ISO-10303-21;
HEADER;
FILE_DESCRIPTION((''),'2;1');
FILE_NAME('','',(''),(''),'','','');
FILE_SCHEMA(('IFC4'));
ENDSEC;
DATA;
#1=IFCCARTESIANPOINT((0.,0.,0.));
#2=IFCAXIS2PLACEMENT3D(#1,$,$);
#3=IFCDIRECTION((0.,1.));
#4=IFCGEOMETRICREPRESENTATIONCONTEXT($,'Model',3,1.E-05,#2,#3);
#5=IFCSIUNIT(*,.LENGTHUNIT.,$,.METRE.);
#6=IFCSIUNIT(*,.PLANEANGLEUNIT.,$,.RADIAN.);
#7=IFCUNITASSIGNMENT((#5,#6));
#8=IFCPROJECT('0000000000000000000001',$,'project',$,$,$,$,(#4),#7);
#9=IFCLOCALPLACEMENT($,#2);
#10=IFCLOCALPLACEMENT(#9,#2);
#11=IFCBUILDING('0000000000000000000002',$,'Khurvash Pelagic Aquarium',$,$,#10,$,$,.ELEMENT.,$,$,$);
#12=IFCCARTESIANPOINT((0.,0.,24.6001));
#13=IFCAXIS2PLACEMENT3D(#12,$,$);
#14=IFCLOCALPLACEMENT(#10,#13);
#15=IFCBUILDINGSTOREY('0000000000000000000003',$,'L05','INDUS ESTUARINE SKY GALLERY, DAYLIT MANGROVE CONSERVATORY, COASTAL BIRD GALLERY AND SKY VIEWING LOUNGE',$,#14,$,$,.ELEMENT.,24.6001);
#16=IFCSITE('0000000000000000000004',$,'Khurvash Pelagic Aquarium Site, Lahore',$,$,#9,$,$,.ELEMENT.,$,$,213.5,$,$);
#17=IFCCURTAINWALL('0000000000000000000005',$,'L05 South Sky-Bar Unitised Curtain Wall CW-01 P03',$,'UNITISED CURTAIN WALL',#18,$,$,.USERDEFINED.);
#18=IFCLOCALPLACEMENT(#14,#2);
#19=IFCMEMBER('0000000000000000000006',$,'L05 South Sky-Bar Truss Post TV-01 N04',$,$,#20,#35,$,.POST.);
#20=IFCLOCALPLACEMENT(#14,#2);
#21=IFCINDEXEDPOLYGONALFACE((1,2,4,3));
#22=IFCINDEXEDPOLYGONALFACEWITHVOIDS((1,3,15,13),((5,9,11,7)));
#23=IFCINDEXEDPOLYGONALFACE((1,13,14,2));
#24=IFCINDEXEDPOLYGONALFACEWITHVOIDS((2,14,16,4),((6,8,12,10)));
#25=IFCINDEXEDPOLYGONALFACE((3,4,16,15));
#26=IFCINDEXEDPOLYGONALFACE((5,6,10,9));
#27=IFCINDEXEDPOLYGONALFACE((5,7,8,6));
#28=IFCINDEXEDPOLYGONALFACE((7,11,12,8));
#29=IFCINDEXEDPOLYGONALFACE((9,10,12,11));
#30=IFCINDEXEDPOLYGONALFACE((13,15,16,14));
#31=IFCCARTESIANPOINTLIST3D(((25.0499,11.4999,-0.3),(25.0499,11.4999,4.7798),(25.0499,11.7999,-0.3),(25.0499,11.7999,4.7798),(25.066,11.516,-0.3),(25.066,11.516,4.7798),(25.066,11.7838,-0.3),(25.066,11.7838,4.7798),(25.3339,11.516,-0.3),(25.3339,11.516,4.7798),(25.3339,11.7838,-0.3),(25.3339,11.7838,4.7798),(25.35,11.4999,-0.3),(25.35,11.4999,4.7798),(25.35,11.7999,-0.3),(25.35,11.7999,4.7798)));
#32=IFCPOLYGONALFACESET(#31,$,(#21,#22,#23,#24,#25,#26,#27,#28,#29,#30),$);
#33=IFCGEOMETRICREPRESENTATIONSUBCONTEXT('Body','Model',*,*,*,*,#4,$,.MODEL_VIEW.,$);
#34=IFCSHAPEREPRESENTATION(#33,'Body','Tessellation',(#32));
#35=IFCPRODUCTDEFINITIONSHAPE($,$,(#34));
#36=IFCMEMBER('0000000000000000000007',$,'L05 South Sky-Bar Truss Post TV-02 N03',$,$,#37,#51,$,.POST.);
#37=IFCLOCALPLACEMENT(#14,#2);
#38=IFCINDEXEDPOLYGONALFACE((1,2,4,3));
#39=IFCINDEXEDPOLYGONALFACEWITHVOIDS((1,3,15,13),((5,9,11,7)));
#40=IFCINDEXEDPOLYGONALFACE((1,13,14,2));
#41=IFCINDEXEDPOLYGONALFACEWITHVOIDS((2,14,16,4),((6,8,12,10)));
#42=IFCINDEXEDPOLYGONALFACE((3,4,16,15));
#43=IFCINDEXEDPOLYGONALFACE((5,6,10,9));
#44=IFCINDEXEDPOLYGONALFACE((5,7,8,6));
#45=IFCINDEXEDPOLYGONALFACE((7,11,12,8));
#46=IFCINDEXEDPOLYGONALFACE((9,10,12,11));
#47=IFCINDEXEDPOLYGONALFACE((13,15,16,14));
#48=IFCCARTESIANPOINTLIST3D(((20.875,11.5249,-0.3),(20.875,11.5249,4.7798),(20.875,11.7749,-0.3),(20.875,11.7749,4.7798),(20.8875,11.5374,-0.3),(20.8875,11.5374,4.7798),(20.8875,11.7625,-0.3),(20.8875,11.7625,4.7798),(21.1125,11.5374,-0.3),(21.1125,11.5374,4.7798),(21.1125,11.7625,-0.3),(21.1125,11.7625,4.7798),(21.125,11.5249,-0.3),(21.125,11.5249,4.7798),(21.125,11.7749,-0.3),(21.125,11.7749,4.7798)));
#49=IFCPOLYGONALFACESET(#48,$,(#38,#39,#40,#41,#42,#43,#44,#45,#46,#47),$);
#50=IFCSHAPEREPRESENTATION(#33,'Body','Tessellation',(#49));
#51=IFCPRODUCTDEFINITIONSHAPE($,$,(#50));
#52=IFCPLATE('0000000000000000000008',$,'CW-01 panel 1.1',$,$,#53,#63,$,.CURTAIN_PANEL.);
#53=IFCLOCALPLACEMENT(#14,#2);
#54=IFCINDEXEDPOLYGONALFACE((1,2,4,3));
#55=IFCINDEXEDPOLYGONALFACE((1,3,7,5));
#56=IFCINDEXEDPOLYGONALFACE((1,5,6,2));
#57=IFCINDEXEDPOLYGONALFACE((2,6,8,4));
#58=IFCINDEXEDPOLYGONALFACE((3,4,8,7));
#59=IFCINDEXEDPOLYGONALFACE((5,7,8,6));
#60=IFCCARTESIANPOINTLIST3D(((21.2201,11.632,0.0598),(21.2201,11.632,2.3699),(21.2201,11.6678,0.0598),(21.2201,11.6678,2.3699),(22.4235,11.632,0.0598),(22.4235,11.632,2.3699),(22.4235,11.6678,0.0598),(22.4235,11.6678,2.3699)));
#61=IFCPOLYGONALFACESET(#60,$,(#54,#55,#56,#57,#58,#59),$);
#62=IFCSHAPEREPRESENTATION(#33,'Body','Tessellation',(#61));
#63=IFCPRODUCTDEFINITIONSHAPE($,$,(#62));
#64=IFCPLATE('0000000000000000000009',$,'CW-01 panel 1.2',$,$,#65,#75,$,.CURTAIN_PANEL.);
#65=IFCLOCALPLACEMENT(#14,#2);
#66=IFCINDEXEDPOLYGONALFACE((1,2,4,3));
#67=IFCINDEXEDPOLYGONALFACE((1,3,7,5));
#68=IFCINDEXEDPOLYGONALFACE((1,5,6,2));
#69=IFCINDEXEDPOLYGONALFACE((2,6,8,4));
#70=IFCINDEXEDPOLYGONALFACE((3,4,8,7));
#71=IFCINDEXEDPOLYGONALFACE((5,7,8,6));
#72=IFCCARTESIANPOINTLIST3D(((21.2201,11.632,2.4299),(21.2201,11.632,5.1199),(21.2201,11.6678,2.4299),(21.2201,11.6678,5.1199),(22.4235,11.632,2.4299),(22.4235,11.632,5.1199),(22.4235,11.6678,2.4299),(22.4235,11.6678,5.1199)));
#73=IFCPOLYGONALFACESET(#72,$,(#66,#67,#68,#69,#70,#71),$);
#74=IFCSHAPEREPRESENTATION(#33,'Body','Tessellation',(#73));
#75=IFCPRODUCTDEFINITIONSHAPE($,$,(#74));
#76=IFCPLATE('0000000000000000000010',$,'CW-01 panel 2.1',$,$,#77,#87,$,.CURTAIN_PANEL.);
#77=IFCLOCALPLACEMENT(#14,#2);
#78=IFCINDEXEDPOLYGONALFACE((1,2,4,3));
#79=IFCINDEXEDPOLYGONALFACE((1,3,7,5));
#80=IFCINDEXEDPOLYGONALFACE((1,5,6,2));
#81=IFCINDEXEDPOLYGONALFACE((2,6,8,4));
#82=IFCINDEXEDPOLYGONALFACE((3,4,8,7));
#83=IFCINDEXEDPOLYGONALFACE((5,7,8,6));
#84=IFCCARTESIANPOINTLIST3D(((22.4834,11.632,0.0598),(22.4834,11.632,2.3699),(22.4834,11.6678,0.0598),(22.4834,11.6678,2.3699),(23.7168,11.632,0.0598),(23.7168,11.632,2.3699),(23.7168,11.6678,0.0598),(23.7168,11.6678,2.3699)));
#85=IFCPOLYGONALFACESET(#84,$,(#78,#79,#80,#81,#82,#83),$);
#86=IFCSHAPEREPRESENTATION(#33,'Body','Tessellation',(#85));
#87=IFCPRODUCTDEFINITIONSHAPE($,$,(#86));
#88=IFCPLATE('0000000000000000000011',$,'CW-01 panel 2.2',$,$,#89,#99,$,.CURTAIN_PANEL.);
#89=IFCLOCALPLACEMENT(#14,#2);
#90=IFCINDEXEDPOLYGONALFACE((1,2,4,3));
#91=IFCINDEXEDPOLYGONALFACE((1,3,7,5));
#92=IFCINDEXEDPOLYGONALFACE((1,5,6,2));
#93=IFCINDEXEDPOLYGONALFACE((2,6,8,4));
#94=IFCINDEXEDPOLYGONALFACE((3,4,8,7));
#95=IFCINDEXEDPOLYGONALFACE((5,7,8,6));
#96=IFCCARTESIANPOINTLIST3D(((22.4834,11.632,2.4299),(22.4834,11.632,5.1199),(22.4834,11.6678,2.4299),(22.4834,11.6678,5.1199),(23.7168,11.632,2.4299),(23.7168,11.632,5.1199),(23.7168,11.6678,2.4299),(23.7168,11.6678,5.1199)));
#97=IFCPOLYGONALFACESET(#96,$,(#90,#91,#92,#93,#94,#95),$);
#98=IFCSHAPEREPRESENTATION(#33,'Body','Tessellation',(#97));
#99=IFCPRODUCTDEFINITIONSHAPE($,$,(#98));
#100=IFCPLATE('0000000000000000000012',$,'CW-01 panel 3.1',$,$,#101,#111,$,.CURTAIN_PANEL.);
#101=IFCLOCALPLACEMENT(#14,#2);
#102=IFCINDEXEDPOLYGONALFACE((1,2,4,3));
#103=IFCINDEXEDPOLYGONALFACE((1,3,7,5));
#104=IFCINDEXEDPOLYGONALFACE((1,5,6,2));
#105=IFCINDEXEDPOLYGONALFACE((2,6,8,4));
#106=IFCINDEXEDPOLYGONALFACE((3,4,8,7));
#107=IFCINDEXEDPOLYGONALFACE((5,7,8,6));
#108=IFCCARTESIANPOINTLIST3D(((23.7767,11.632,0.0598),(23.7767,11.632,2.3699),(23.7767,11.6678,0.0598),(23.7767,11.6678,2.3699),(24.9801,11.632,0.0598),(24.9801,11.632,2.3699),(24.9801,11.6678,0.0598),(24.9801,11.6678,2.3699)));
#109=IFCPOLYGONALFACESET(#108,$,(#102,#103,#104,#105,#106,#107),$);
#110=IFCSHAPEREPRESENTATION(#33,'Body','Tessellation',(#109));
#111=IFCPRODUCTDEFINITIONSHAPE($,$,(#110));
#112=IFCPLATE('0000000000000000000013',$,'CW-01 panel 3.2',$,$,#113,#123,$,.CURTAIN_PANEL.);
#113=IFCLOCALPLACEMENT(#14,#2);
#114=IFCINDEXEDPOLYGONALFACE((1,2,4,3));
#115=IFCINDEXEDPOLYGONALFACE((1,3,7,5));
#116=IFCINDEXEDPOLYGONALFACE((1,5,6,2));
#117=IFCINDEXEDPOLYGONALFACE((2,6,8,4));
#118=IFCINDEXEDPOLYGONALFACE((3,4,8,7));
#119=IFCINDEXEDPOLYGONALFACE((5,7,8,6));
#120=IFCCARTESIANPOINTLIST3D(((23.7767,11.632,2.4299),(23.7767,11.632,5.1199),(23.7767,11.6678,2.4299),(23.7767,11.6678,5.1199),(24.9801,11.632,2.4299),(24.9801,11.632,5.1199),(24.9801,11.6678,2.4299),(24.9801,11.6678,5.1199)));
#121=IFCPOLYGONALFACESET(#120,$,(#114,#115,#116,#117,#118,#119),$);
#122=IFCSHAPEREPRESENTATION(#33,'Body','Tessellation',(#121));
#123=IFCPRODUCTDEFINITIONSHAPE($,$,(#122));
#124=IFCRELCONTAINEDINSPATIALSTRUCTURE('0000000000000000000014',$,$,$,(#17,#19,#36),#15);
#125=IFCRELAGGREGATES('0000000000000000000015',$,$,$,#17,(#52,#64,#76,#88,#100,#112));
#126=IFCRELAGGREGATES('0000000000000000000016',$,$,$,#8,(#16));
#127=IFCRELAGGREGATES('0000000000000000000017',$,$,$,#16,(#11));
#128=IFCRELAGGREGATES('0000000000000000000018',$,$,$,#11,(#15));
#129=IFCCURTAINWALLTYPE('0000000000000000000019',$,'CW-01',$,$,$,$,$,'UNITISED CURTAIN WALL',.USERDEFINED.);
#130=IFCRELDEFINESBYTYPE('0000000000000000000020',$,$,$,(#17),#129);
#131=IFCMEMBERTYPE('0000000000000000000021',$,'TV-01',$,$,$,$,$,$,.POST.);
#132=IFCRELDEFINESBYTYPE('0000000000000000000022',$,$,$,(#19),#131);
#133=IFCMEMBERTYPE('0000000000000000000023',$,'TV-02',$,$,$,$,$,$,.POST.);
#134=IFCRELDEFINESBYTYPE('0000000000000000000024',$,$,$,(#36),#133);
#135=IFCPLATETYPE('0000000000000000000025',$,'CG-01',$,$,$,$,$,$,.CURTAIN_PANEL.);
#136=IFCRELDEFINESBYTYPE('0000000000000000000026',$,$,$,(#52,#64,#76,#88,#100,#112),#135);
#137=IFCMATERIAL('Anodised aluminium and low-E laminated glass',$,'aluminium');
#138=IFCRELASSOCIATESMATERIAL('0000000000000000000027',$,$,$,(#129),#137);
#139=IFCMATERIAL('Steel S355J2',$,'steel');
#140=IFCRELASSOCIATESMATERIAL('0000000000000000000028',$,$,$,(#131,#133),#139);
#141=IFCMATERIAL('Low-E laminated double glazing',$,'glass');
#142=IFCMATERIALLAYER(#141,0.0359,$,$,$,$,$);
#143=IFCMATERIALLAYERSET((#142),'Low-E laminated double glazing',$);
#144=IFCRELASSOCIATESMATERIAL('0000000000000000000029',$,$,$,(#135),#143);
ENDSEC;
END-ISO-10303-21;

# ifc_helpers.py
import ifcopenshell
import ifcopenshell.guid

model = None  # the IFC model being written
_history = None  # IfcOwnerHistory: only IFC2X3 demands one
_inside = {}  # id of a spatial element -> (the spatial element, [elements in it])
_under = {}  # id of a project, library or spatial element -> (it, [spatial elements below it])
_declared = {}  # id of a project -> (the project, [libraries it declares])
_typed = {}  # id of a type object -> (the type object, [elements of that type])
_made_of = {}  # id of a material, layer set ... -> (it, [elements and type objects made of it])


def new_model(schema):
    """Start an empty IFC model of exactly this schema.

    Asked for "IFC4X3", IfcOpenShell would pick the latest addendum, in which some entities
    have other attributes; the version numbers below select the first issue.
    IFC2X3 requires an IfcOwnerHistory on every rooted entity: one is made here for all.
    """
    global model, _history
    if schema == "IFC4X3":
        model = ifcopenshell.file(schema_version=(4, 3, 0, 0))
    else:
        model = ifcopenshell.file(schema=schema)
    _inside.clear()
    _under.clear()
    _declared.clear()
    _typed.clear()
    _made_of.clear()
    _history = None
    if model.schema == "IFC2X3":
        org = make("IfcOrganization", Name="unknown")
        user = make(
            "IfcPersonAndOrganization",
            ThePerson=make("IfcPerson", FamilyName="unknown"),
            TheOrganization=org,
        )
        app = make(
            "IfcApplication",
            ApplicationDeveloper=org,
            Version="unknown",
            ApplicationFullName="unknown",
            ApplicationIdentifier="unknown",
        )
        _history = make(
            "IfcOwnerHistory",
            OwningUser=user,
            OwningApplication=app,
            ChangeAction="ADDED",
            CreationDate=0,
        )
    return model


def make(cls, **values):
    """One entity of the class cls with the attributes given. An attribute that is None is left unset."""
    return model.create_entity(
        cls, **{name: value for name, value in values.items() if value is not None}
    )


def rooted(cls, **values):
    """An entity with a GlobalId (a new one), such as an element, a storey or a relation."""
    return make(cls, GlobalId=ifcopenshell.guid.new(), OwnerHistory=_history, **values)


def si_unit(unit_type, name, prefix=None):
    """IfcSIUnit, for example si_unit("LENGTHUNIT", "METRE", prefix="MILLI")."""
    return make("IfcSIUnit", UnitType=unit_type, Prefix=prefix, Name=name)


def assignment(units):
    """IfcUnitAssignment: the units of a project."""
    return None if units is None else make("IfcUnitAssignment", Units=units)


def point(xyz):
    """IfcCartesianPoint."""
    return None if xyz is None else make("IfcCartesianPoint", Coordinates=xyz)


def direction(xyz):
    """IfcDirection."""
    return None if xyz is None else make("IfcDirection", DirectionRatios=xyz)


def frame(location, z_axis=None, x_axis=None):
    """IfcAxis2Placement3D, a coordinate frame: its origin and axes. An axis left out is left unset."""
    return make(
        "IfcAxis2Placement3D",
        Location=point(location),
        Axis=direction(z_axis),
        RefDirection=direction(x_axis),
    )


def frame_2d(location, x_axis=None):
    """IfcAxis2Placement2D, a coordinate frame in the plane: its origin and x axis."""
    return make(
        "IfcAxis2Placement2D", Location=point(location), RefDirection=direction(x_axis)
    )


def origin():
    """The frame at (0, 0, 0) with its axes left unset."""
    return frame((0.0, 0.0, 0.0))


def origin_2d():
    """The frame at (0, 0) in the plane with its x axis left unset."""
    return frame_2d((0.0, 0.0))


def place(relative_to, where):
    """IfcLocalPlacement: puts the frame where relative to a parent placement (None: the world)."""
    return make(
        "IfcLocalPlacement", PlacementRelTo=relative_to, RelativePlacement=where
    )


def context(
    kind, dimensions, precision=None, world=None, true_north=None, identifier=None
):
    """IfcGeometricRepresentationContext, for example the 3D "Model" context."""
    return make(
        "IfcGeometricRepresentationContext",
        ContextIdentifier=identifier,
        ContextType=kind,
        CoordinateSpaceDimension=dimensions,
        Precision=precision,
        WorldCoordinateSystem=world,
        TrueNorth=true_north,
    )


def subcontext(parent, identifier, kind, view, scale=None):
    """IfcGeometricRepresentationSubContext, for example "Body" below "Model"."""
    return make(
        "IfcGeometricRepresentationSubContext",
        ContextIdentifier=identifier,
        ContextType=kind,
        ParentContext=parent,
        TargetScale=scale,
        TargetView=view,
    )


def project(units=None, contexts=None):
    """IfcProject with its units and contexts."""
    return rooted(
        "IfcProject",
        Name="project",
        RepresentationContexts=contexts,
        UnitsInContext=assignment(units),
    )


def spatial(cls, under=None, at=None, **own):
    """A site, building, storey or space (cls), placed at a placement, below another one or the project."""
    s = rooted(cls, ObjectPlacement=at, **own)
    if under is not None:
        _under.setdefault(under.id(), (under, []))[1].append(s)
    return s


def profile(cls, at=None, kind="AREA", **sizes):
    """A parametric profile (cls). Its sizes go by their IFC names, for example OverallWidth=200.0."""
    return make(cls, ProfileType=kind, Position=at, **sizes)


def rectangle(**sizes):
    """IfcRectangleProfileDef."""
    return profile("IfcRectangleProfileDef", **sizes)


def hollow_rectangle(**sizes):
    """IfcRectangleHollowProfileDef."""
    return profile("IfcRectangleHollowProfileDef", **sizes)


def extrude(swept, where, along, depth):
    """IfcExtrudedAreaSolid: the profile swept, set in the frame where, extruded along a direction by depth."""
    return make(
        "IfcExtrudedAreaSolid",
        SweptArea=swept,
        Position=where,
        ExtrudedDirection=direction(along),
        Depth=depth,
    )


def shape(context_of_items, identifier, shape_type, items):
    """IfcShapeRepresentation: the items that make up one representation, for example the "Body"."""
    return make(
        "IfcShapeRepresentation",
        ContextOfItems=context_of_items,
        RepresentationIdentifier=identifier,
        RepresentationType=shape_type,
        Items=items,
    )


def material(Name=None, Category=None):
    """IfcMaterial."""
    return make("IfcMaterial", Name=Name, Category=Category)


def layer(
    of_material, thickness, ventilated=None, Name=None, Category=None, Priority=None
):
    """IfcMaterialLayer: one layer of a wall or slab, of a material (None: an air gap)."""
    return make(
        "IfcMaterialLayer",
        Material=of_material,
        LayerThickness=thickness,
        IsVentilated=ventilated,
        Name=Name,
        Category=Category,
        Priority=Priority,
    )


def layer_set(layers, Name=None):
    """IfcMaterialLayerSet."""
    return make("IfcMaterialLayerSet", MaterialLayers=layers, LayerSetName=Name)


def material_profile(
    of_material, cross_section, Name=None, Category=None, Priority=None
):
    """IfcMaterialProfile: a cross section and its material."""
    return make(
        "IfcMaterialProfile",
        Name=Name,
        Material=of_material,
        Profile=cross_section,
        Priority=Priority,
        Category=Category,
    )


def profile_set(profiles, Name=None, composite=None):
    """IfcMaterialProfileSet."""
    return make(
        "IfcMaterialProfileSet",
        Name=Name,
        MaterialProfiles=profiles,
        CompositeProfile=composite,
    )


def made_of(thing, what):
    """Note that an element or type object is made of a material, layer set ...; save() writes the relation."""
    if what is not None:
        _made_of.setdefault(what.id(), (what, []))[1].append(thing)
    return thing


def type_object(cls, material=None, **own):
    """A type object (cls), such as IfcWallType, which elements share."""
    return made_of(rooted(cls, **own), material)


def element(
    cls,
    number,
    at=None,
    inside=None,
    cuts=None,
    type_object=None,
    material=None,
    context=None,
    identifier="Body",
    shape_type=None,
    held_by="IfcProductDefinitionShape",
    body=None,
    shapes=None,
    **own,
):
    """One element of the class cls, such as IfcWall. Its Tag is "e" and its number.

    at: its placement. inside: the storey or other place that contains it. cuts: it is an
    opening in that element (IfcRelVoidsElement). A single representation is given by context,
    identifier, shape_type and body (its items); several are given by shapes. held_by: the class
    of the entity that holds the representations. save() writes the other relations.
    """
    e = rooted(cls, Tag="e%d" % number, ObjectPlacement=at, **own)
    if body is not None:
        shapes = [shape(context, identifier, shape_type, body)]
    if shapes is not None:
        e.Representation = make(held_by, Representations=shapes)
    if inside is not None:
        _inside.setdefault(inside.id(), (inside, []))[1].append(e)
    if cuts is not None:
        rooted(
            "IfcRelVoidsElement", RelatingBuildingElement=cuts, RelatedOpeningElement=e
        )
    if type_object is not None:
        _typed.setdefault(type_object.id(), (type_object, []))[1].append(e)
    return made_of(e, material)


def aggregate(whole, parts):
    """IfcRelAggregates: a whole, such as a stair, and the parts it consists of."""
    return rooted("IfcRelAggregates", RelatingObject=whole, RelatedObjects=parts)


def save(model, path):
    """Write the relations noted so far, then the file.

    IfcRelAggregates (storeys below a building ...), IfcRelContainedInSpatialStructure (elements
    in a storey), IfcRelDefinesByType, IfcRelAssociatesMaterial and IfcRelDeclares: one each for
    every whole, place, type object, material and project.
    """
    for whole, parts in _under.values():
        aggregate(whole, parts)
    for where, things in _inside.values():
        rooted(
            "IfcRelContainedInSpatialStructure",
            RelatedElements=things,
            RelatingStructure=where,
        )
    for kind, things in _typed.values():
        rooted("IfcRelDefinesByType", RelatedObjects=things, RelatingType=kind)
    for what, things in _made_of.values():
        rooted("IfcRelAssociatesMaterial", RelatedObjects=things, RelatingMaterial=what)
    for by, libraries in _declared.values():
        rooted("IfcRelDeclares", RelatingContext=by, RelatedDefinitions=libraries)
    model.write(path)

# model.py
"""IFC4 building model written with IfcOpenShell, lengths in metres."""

from ifc_helpers import new_model, si_unit, direction, frame, origin, origin_2d, place, context, subcontext, project, spatial, rectangle, hollow_rectangle, extrude, material, layer, layer_set, material_profile, profile_set, type_object, element, aggregate, save


model = new_model("IFC4")

# Units and contexts
model_context = context("Model", 3, precision=1e-05, world=origin(), true_north=direction((0.0, 1.0)))
body_context = subcontext(model_context, "Body", "Model", "MODEL_VIEW")
ifc_project = project(units=[si_unit("LENGTHUNIT", "METRE"), si_unit("PLANEANGLEUNIT", "RADIAN")], contexts=[model_context])

# Site, building, storey
site_placement = place(None, origin())
site = spatial("IfcSite", under=ifc_project, at=site_placement, Name="Khurvash Pelagic Aquarium Site, Lahore", CompositionType="ELEMENT", RefElevation=213.5)
building_placement = place(site_placement, origin())
building = spatial("IfcBuilding", under=site, at=building_placement, Name="Khurvash Pelagic Aquarium", CompositionType="ELEMENT")
storey_placement = place(building_placement, frame((0.0, 0.0, 24.6001)))
storey = spatial("IfcBuildingStorey", under=building, at=storey_placement, Name="L05", Description="INDUS ESTUARINE SKY GALLERY, DAYLIT MANGROVE CONSERVATORY, COASTAL BIRD GALLERY AND SKY VIEWING LOUNGE", CompositionType="ELEMENT", Elevation=24.6001)

# Curtain wall
ifc_material_1 = material(Name="Anodised aluminium and low-E laminated glass", Category="aluminium")
curtain_wall_type = type_object("IfcCurtainWallType", Name="CW-01", ElementType="UNITISED CURTAIN WALL", PredefinedType="USERDEFINED", material=ifc_material_1)
curtain_wall_placement = place(storey_placement, origin())
curtain_wall = element("IfcCurtainWall", 1, at=curtain_wall_placement, inside=storey, type_object=curtain_wall_type, Name="L05 South Sky-Bar Unitised Curtain Wall CW-01 P03", ObjectType="UNITISED CURTAIN WALL", PredefinedType="USERDEFINED")

# Members
ifc_material_2 = material(Name="Steel S355J2", Category="steel")
ifc_material_profile_1 = material_profile(ifc_material_2, hollow_rectangle(XDim=0.3, YDim=0.3, WallThickness=0.0161, at=origin_2d()), Name="SHS300X300X16")
ifc_profile_set_1 = profile_set([ifc_material_profile_1], Name="Steel S355J2")
member_type_1 = type_object("IfcMemberType", Name="TV-01", PredefinedType="POST", material=ifc_profile_set_1)
member_1_placement = place(storey_placement, frame((25.2, 11.6499, -0.3), z_axis=(0.0, 0.0, 1.0), x_axis=(1.0, 0.0, 0.0)))
element("IfcMember", 2, at=member_1_placement, inside=storey, type_object=member_type_1, Name="L05 South Sky-Bar Truss Post TV-01 N04", PredefinedType="POST", context=body_context, shape_type="SweptSolid", body=[
    extrude(hollow_rectangle(XDim=0.3, YDim=0.3, WallThickness=0.0161, at=origin_2d()), origin(), (0.0, 0.0, 1.0), 5.0798),
])
ifc_material_profile_2 = material_profile(ifc_material_2, hollow_rectangle(XDim=0.25, YDim=0.25, WallThickness=0.0125, at=origin_2d()), Name="SHS250X250X12")
ifc_profile_set_2 = profile_set([ifc_material_profile_2], Name="Steel S355J2")
member_type_2 = type_object("IfcMemberType", Name="TV-02", PredefinedType="POST", material=ifc_profile_set_2)
member_2_placement = place(storey_placement, frame((21.0, 11.6499, -0.3), z_axis=(0.0, 0.0, 1.0), x_axis=(1.0, 0.0, 0.0)))
element("IfcMember", 3, at=member_2_placement, inside=storey, type_object=member_type_2, Name="L05 South Sky-Bar Truss Post TV-02 N03", PredefinedType="POST", context=body_context, shape_type="SweptSolid", body=[
    extrude(hollow_rectangle(XDim=0.25, YDim=0.25, WallThickness=0.0125, at=origin_2d()), origin(), (0.0, 0.0, 1.0), 5.0798),
])

# Plates
ifc_material_3 = material(Name="Low-E laminated double glazing", Category="glass")
ifc_layer = layer(ifc_material_3, 0.0359)
ifc_layer_set = layer_set([ifc_layer], Name="Low-E laminated double glazing")
plate_type = type_object("IfcPlateType", Name="CG-01", PredefinedType="CURTAIN_PANEL", material=ifc_layer_set)
plate_1_placement = place(storey_placement, frame((21.8218, 11.6499, 0.0598), z_axis=(0.0, 0.0, 1.0), x_axis=(1.0, 0.0, 0.0)))
plate_1 = element("IfcPlate", 4, at=plate_1_placement, type_object=plate_type, Name="CW-01 panel 1.1", PredefinedType="CURTAIN_PANEL", context=body_context, shape_type="SweptSolid", body=[
    extrude(rectangle(XDim=1.2034, YDim=0.0359, at=origin_2d()), origin(), (0.0, 0.0, 1.0), 2.3101),
])
plate_2_placement = place(storey_placement, frame((21.8218, 11.6499, 2.4299), z_axis=(0.0, 0.0, 1.0), x_axis=(1.0, 0.0, 0.0)))
plate_2 = element("IfcPlate", 5, at=plate_2_placement, type_object=plate_type, Name="CW-01 panel 1.2", PredefinedType="CURTAIN_PANEL", context=body_context, shape_type="SweptSolid", body=[
    extrude(rectangle(XDim=1.2034, YDim=0.0359, at=origin_2d()), origin(), (0.0, 0.0, 1.0), 2.6899),
])
plate_3_placement = place(storey_placement, frame((23.1001, 11.6499, 0.0598), z_axis=(0.0, 0.0, 1.0), x_axis=(1.0, 0.0, 0.0)))
plate_3 = element("IfcPlate", 6, at=plate_3_placement, type_object=plate_type, Name="CW-01 panel 2.1", PredefinedType="CURTAIN_PANEL", context=body_context, shape_type="SweptSolid", body=[
    extrude(rectangle(XDim=1.2334, YDim=0.0359, at=origin_2d()), origin(), (0.0, 0.0, 1.0), 2.3101),
])
plate_4_placement = place(storey_placement, frame((23.1001, 11.6499, 2.4299), z_axis=(0.0, 0.0, 1.0), x_axis=(1.0, 0.0, 0.0)))
plate_4 = element("IfcPlate", 7, at=plate_4_placement, type_object=plate_type, Name="CW-01 panel 2.2", PredefinedType="CURTAIN_PANEL", context=body_context, shape_type="SweptSolid", body=[
    extrude(rectangle(XDim=1.2334, YDim=0.0359, at=origin_2d()), origin(), (0.0, 0.0, 1.0), 2.6899),
])
plate_5_placement = place(storey_placement, frame((24.3784, 11.6499, 0.0598), z_axis=(0.0, 0.0, 1.0), x_axis=(1.0, 0.0, 0.0)))
plate_5 = element("IfcPlate", 8, at=plate_5_placement, type_object=plate_type, Name="CW-01 panel 3.1", PredefinedType="CURTAIN_PANEL", context=body_context, shape_type="SweptSolid", body=[
    extrude(rectangle(XDim=1.2034, YDim=0.0359, at=origin_2d()), origin(), (0.0, 0.0, 1.0), 2.3101),
])
plate_6_placement = place(storey_placement, frame((24.3784, 11.6499, 2.4299), z_axis=(0.0, 0.0, 1.0), x_axis=(1.0, 0.0, 0.0)))
plate_6 = element("IfcPlate", 9, at=plate_6_placement, type_object=plate_type, Name="CW-01 panel 3.2", PredefinedType="CURTAIN_PANEL", context=body_context, shape_type="SweptSolid", body=[
    extrude(rectangle(XDim=1.2034, YDim=0.0359, at=origin_2d()), origin(), (0.0, 0.0, 1.0), 2.6899),
])
aggregate(curtain_wall, [plate_1, plate_2, plate_3, plate_4, plate_5, plate_6])

save(model, "model.ifc")
